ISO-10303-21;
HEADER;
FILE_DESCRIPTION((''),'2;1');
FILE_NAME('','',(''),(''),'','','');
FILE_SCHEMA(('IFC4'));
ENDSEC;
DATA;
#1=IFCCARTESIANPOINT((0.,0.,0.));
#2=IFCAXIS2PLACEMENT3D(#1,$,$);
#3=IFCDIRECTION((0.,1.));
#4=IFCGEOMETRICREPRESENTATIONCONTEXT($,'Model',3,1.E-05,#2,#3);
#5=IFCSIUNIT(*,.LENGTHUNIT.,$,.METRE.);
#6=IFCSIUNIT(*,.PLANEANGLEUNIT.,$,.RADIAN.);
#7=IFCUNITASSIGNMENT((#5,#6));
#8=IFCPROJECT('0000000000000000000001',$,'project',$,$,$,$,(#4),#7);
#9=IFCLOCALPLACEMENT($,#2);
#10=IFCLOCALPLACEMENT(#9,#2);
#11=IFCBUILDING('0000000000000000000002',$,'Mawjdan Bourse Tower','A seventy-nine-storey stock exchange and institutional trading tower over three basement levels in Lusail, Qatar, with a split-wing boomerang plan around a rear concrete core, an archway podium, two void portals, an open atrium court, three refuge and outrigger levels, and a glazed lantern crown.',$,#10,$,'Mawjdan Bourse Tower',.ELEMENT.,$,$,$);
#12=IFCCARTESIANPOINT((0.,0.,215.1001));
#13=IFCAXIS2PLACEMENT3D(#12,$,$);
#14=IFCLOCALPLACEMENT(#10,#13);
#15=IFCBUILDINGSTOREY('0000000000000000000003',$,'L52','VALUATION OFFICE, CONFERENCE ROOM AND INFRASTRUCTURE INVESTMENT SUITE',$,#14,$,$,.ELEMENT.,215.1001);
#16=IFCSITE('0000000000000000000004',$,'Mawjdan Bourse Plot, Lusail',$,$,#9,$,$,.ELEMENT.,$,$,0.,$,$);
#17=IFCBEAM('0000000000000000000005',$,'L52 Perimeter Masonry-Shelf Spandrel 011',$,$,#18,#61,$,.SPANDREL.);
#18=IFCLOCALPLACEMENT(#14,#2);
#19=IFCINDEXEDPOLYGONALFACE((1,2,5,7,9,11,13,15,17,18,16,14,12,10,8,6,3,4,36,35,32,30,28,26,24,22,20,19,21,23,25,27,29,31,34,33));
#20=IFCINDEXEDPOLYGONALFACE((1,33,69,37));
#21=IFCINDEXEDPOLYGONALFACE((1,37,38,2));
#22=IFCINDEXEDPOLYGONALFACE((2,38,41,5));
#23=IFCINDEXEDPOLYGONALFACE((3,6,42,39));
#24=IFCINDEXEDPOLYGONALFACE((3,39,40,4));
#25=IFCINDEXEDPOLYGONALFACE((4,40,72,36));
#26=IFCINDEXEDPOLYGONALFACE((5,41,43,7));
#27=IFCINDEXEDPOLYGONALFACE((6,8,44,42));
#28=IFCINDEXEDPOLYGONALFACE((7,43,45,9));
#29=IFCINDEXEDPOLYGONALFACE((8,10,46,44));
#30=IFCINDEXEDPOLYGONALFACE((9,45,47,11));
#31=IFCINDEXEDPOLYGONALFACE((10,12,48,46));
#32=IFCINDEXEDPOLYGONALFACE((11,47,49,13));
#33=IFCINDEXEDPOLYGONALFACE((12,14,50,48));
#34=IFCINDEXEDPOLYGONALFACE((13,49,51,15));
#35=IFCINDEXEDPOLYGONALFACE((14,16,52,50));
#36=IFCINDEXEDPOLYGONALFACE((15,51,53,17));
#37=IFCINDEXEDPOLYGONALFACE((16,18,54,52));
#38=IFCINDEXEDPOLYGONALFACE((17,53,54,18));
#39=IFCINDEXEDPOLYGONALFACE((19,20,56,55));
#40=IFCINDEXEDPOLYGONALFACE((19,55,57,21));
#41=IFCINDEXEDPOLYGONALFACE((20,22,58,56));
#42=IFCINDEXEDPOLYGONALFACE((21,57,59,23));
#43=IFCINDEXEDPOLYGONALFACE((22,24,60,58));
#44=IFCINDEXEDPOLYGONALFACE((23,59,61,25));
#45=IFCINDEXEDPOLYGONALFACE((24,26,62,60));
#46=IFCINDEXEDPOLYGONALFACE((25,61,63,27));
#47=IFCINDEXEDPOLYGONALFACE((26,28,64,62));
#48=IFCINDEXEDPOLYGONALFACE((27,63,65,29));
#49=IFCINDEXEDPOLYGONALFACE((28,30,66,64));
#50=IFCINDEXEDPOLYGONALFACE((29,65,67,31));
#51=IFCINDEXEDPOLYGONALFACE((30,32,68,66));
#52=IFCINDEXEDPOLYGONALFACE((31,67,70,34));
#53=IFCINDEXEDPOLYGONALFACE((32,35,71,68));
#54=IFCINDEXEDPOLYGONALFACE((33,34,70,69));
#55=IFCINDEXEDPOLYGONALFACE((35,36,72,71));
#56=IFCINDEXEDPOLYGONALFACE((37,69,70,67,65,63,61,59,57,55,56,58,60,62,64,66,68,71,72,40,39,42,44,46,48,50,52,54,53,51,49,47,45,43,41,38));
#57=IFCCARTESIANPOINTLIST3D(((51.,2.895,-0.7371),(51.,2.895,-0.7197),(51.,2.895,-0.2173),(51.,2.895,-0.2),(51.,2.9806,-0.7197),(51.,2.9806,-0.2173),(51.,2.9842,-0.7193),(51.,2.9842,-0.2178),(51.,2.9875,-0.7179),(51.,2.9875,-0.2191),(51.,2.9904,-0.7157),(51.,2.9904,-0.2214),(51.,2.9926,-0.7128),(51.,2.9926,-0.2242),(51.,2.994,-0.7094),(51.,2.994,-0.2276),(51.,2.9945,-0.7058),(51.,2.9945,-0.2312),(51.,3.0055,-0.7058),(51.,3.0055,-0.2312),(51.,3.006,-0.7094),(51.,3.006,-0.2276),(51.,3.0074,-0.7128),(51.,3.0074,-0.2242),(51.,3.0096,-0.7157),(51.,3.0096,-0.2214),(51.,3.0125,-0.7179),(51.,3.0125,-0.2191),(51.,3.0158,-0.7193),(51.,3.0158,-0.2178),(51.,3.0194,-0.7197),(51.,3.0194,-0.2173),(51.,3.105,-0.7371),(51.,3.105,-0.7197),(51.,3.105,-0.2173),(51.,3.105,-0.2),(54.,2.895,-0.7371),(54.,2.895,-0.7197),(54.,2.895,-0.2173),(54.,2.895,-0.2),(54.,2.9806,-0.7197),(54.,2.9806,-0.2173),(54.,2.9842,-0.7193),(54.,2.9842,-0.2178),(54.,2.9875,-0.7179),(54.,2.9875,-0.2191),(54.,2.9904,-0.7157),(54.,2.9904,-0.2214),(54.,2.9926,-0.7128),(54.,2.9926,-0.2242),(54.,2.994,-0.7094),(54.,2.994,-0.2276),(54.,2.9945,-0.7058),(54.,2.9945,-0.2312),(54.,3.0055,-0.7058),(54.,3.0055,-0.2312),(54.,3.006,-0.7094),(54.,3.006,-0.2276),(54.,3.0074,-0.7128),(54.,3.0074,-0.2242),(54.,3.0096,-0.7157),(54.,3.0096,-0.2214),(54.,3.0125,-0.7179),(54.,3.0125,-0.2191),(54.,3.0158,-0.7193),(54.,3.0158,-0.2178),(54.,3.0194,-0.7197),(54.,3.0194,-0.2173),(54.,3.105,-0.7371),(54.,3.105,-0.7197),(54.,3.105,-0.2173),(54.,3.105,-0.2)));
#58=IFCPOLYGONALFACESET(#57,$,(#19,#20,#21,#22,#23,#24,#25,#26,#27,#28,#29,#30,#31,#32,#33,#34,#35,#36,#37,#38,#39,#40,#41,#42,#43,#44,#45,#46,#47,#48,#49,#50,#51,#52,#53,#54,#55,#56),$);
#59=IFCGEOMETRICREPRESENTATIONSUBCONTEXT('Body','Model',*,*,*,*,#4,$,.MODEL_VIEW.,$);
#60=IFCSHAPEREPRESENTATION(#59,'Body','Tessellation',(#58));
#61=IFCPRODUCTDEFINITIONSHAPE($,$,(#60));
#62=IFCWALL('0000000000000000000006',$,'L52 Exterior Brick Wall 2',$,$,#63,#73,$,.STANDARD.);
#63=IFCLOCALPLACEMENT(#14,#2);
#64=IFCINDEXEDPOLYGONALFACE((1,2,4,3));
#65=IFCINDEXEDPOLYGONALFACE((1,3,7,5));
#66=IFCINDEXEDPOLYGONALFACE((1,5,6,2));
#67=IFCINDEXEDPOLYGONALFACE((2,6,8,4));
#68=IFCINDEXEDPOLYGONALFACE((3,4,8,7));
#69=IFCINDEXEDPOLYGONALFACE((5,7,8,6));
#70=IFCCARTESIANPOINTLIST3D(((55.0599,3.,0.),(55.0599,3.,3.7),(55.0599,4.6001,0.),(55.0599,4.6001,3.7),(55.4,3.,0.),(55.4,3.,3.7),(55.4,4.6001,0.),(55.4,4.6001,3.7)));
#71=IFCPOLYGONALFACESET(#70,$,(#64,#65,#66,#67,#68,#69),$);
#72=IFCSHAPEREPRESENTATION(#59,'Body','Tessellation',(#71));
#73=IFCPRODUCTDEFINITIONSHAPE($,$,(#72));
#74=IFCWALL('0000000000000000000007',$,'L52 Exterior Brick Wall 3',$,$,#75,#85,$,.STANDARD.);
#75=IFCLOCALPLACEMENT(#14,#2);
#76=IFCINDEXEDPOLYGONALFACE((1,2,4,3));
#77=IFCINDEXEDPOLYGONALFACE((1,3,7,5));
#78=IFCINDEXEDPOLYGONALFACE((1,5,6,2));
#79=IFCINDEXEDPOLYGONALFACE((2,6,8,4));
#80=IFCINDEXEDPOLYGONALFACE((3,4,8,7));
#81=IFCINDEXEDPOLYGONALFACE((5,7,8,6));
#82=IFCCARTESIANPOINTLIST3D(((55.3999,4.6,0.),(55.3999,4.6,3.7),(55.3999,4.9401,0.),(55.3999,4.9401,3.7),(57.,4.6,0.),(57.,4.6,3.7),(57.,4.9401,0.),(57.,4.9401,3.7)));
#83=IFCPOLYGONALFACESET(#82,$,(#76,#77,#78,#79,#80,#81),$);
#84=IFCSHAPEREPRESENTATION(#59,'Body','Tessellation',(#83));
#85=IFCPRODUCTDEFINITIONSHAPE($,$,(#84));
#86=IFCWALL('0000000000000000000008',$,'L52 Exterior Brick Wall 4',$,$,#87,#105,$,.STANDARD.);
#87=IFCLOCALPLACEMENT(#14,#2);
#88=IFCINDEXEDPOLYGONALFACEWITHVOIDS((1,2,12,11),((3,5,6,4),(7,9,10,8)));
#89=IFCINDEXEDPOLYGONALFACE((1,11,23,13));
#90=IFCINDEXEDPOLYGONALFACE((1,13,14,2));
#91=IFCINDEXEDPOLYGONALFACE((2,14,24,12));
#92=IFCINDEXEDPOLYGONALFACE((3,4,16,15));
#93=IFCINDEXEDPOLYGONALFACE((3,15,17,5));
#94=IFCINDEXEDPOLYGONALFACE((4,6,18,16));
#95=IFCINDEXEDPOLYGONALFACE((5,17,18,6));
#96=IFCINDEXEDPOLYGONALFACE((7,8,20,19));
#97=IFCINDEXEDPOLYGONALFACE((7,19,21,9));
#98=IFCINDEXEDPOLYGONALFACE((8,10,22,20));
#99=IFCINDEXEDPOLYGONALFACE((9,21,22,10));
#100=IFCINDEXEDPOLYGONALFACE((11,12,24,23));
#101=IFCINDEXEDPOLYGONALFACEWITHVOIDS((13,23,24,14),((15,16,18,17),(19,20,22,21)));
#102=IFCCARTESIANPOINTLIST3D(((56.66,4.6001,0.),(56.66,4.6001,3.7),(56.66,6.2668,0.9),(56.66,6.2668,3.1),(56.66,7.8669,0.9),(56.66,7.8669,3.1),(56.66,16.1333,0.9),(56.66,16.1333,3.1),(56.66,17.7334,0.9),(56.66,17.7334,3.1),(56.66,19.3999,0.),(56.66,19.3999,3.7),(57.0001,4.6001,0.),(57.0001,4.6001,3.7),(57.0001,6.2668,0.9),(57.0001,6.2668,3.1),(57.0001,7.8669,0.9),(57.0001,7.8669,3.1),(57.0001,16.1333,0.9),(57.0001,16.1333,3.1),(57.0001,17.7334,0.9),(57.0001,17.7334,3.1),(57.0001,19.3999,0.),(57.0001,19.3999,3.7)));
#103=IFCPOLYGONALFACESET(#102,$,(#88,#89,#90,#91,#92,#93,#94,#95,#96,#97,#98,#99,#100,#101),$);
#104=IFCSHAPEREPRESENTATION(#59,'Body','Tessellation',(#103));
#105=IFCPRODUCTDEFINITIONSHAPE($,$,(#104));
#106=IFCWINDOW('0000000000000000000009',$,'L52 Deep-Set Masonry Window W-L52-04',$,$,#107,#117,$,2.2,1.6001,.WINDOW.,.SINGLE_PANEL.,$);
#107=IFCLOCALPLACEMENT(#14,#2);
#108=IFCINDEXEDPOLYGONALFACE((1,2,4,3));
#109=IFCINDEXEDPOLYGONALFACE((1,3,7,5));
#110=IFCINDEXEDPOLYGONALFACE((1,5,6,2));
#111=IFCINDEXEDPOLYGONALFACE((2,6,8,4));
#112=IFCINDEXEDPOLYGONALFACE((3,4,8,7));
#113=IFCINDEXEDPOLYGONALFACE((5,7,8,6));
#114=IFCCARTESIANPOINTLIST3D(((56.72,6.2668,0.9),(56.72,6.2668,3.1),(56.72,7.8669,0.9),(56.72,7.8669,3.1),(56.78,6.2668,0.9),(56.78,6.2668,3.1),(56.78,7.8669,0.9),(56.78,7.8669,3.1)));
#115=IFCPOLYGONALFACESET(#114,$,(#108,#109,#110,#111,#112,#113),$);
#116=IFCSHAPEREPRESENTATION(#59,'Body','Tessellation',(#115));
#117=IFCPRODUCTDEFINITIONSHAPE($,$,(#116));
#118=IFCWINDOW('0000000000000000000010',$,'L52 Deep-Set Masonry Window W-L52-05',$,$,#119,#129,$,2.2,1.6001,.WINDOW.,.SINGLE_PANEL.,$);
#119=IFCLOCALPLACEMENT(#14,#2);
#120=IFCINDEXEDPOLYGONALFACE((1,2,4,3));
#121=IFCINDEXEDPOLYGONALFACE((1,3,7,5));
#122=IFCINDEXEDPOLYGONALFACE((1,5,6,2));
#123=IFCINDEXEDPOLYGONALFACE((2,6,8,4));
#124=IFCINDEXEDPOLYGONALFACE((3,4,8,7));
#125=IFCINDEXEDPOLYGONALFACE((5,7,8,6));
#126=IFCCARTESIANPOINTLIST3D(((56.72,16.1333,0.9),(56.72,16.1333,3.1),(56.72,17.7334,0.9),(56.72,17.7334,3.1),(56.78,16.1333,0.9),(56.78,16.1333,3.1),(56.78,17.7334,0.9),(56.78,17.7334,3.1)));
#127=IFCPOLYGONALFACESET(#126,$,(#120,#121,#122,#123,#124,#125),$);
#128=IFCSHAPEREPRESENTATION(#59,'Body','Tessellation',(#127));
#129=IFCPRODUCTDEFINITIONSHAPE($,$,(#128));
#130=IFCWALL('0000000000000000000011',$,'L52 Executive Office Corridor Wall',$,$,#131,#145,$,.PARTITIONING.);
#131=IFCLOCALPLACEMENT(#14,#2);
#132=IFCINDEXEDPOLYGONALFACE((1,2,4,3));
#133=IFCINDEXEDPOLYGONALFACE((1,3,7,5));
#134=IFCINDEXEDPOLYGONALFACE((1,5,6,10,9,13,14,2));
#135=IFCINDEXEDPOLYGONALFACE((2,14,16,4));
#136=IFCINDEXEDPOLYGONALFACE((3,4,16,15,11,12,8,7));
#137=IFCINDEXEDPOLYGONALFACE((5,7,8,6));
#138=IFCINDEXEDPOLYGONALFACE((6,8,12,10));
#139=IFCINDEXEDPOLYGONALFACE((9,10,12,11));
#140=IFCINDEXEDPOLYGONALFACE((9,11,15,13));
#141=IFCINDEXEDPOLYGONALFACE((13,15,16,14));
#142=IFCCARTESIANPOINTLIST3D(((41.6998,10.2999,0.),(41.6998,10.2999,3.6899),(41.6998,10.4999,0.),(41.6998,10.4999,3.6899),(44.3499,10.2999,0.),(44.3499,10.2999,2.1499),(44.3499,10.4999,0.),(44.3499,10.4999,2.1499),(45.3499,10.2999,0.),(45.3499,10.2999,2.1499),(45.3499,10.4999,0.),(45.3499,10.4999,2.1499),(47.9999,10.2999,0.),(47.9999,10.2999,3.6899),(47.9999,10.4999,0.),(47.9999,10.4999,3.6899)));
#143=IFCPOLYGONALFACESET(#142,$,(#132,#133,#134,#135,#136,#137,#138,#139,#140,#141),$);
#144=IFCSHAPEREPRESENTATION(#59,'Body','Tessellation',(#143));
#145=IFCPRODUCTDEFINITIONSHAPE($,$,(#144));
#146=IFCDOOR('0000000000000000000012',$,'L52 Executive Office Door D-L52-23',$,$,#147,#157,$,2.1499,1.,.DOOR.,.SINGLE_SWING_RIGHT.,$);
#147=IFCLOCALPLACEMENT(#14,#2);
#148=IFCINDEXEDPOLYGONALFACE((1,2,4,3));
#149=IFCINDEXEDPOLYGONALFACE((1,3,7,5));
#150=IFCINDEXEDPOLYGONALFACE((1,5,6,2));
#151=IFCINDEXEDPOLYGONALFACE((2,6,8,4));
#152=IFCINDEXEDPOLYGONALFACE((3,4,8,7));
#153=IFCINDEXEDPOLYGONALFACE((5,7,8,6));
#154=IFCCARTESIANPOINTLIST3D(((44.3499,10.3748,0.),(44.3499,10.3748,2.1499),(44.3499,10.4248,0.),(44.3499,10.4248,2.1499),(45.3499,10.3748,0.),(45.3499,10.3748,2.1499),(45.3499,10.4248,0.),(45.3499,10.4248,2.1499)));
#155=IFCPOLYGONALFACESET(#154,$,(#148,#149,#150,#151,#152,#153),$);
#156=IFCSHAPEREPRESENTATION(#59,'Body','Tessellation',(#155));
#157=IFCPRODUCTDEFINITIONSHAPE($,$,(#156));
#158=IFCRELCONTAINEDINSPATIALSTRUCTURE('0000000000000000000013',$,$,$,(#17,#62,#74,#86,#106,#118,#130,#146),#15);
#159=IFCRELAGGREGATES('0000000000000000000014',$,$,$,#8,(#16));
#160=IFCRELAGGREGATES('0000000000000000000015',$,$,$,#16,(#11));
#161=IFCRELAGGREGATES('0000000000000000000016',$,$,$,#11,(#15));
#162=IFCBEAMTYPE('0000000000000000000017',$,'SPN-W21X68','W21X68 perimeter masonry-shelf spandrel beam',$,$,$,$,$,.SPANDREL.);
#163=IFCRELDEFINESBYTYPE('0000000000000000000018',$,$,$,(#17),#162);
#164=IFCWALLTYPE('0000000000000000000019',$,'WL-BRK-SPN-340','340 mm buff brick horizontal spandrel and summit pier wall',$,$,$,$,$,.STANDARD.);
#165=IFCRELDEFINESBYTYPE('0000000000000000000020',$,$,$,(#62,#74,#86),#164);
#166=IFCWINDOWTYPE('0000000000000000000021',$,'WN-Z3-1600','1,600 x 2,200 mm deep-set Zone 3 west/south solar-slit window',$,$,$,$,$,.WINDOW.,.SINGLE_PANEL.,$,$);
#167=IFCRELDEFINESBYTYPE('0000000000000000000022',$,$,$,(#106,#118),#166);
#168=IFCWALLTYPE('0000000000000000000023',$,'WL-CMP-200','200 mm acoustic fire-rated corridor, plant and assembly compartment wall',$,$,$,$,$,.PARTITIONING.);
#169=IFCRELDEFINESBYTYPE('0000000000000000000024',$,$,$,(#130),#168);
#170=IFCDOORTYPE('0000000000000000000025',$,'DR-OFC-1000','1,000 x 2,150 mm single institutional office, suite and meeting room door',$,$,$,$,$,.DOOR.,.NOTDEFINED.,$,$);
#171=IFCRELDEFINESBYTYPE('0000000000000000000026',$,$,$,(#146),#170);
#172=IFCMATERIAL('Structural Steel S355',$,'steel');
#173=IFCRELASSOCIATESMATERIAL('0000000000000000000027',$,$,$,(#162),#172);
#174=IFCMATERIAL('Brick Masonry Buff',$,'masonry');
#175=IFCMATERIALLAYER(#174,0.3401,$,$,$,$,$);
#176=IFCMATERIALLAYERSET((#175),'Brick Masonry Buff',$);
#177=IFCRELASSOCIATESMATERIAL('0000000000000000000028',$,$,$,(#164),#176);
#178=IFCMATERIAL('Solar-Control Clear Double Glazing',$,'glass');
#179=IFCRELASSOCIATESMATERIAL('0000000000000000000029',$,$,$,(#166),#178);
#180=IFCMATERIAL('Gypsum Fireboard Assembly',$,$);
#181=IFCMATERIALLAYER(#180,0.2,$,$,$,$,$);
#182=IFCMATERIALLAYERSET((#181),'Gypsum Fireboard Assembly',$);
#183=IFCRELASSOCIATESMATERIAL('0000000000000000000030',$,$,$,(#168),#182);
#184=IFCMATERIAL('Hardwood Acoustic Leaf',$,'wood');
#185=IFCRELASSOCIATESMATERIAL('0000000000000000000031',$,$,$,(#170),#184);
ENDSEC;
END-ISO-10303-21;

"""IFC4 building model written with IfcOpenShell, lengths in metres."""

from ifc_helpers import new_model, si_unit, direction, frame, frame_2d, origin, origin_2d, place, context, subcontext, project, spatial, rectangle, i_section, extrude, material, layer, layer_set, material_profile, profile_set, type_object, element, fill, save


model = new_model("IFC4")

# Units and contexts
model_context = context("Model", 3, precision=1e-05, world=origin(), true_north=direction((0.0, 1.0)))
body_context = subcontext(model_context, "Body", "Model", "MODEL_VIEW")
ifc_project = project(units=[si_unit("LENGTHUNIT", "METRE"), si_unit("PLANEANGLEUNIT", "RADIAN")], contexts=[model_context])

# Site, building, storey
site_placement = place(None, origin())
site = spatial("IfcSite", under=ifc_project, at=site_placement, Name="Mawjdan Bourse Plot, Lusail", CompositionType="ELEMENT", RefElevation=0.0)
building_placement = place(site_placement, origin())
building = spatial("IfcBuilding", under=site, at=building_placement, Name="Mawjdan Bourse Tower", Description="A seventy-nine-storey stock exchange and institutional trading tower over three basement levels in Lusail, Qatar, with a split-wing boomerang plan around a rear concrete core, an archway podium, two void portals, an open atrium court, three refuge and outrigger levels, and a glazed lantern crown.", LongName="Mawjdan Bourse Tower", CompositionType="ELEMENT")
storey_placement = place(building_placement, frame((0.0, 0.0, 215.1001)))
storey = spatial("IfcBuildingStorey", under=building, at=storey_placement, Name="L52", Description="VALUATION OFFICE, CONFERENCE ROOM AND INFRASTRUCTURE INVESTMENT SUITE", CompositionType="ELEMENT", Elevation=215.1001)

# Beam
ifc_material_1 = material(Name="Structural Steel S355", Category="steel")
ifc_material_profile_1 = material_profile(ifc_material_1, i_section(OverallWidth=0.21, OverallDepth=0.5371, WebThickness=0.011, FlangeThickness=0.0173, FilletRadius=0.0139, at=origin_2d()), Name="W21X68")
ifc_profile_set_1 = profile_set([ifc_material_profile_1], Name="Structural Steel S355")
beam_type_1 = type_object("IfcBeamType", Name="SPN-W21X68", Description="W21X68 perimeter masonry-shelf spandrel beam", PredefinedType="SPANDREL", material=ifc_profile_set_1)
for number, where, z_axis, x_axis, name in (
    (1, (51.0, 3.0, -0.4685), (1.0, 0.0, 0.0), (0.0, 1.0, 0.0), "L52 Perimeter Masonry-Shelf Spandrel 011"),
):
    element("IfcBeam", number, at=place(storey_placement, frame(where, z_axis=z_axis, x_axis=x_axis)), inside=storey, type_object=beam_type_1, Name=name, PredefinedType="SPANDREL", context=body_context, shape_type="SweptSolid", body=[
        extrude(i_section(OverallWidth=0.21, OverallDepth=0.5371, WebThickness=0.011, FlangeThickness=0.0173, FilletRadius=0.0139, at=origin_2d()), origin(), (0.0, 0.0, 1.0), 3.0),
    ])

# Walls
ifc_material_2 = material(Name="Brick Masonry Buff", Category="masonry")
ifc_layer_1 = layer(ifc_material_2, 0.3401)
ifc_layer_set_1 = layer_set([ifc_layer_1], Name="Brick Masonry Buff")
wall_type_1 = type_object("IfcWallType", Name="WL-BRK-SPN-340", Description="340 mm buff brick horizontal spandrel and summit pier wall", PredefinedType="STANDARD", material=ifc_layer_set_1)
for number, where, z_axis, x_axis, name in (
    (2, (55.23, 3.0, 0.0), (0.0, 0.0, 1.0), (0.0, 1.0, 0.0), "L52 Exterior Brick Wall 2"),
    (3, (55.3999, 4.77, 0.0), (0.0, 0.0, 1.0), (1.0, 0.0, 0.0), "L52 Exterior Brick Wall 3"),
):
    element("IfcWall", number, at=place(storey_placement, frame(where, z_axis=z_axis, x_axis=x_axis)), inside=storey, type_object=wall_type_1, Name=name, PredefinedType="STANDARD", context=body_context, shape_type="SweptSolid", body=[
        extrude(rectangle(XDim=1.6001, YDim=0.3401, at=frame_2d((0.8, 0.0))), origin(), (0.0, 0.0, 1.0), 3.7),
    ])

# Wall, openings, windows
wall_1_placement = place(storey_placement, frame((56.8301, 4.6001, 0.0), z_axis=(0.0, 0.0, 1.0), x_axis=(0.0, 1.0, 0.0)))
wall_1 = element("IfcWall", 4, at=wall_1_placement, inside=storey, type_object=wall_type_1, Name="L52 Exterior Brick Wall 4", PredefinedType="STANDARD", context=body_context, shape_type="SweptSolid", body=[
    extrude(rectangle(XDim=14.7998, YDim=0.3401, at=frame_2d((7.3999, 0.0))), origin(), (0.0, 0.0, 1.0), 3.7),
])
opening_1_placement = place(wall_1_placement, frame((1.6667, 0.0, 0.8999)))
opening_1 = element("IfcOpeningElement", 5, at=opening_1_placement, cuts=wall_1, PredefinedType="OPENING", context=body_context, shape_type="SweptSolid", body=[
    extrude(rectangle(XDim=1.6001, YDim=2.2, at=frame_2d((0.8, 1.1001))), frame((0.0, 0.1802, 0.0), z_axis=(0.0, -1.0, 0.0), x_axis=(1.0, 0.0, 0.0)), (0.0, 0.0, 1.0), 0.3601),
])
opening_2_placement = place(wall_1_placement, frame((11.5332, 0.0, 0.8999)))
opening_2 = element("IfcOpeningElement", 6, at=opening_2_placement, cuts=wall_1, PredefinedType="OPENING", context=body_context, shape_type="SweptSolid", body=[
    extrude(rectangle(XDim=1.6001, YDim=2.2, at=frame_2d((0.8, 1.1001))), frame((0.0, 0.1802, 0.0), z_axis=(0.0, -1.0, 0.0), x_axis=(1.0, 0.0, 0.0)), (0.0, 0.0, 1.0), 0.3601),
])
ifc_material_3 = material(Name="Solar-Control Clear Double Glazing", Category="glass")
window_type = type_object("IfcWindowType", Name="WN-Z3-1600", Description="1,600 x 2,200 mm deep-set Zone 3 west/south solar-slit window", PartitioningType="SINGLE_PANEL", PredefinedType="WINDOW", material=ifc_material_3)
window_1_placement = place(opening_1_placement, origin())
window_1 = element("IfcWindow", 7, at=window_1_placement, inside=storey, type_object=window_type, Name="L52 Deep-Set Masonry Window W-L52-04", OverallHeight=2.2, OverallWidth=1.6001, PartitioningType="SINGLE_PANEL", PredefinedType="WINDOW", context=body_context, shape_type="SweptSolid", body=[
    extrude(rectangle(XDim=1.6001, YDim=2.2, at=frame_2d((0.8, 1.1001))), frame((0.0, 0.1101, 0.0), z_axis=(0.0, -1.0, 0.0), x_axis=(1.0, 0.0, 0.0)), (0.0, 0.0, 1.0), 0.0601),
])
fill(opening_1, window_1)
window_2_placement = place(opening_2_placement, origin())
window_2 = element("IfcWindow", 8, at=window_2_placement, inside=storey, type_object=window_type, Name="L52 Deep-Set Masonry Window W-L52-05", OverallHeight=2.2, OverallWidth=1.6001, PartitioningType="SINGLE_PANEL", PredefinedType="WINDOW", context=body_context, shape_type="SweptSolid", body=[
    extrude(rectangle(XDim=1.6001, YDim=2.2, at=frame_2d((0.8, 1.1001))), frame((0.0, 0.1101, 0.0), z_axis=(0.0, -1.0, 0.0), x_axis=(1.0, 0.0, 0.0)), (0.0, 0.0, 1.0), 0.0601),
])
fill(opening_2, window_2)

# Wall, opening, door
ifc_material_4 = material(Name="Gypsum Fireboard Assembly")
ifc_layer_2 = layer(ifc_material_4, 0.2)
ifc_layer_set_2 = layer_set([ifc_layer_2], Name="Gypsum Fireboard Assembly")
wall_type_2 = type_object("IfcWallType", Name="WL-CMP-200", Description="200 mm acoustic fire-rated corridor, plant and assembly compartment wall", PredefinedType="PARTITIONING", material=ifc_layer_set_2)
wall_2_placement = place(storey_placement, frame((41.7, 10.3999, 0.0), z_axis=(0.0, 0.0, 1.0), x_axis=(1.0, 0.0, 0.0)))
wall_2 = element("IfcWall", 9, at=wall_2_placement, inside=storey, type_object=wall_type_2, Name="L52 Executive Office Corridor Wall", PredefinedType="PARTITIONING", context=body_context, shape_type="SweptSolid", body=[
    extrude(rectangle(XDim=6.3, YDim=0.2, at=frame_2d((3.1499, 0.0))), origin(), (0.0, 0.0, 1.0), 3.6899),
])
opening_3_placement = place(wall_2_placement, frame((2.6499, 0.0, 0.0)))
opening_3 = element("IfcOpeningElement", 10, at=opening_3_placement, cuts=wall_2, PredefinedType="OPENING", context=body_context, shape_type="SweptSolid", body=[
    extrude(rectangle(XDim=1.0, YDim=2.1499, at=frame_2d((0.5, 1.075))), frame((0.0, 0.1099, 0.0), z_axis=(0.0, -1.0, 0.0), x_axis=(1.0, 0.0, 0.0)), (0.0, 0.0, 1.0), 0.22),
])
ifc_material_5 = material(Name="Hardwood Acoustic Leaf", Category="wood")
door_type = type_object("IfcDoorType", Name="DR-OFC-1000", Description="1,000 x 2,150 mm single institutional office, suite and meeting room door", OperationType="NOTDEFINED", PredefinedType="DOOR", material=ifc_material_5)
door_1_placement = place(opening_3_placement, origin())
door_1 = element("IfcDoor", 11, at=door_1_placement, inside=storey, type_object=door_type, Name="L52 Executive Office Door D-L52-23", OperationType="SINGLE_SWING_RIGHT", OverallHeight=2.1499, OverallWidth=1.0, PredefinedType="DOOR", context=body_context, shape_type="SweptSolid", body=[
    extrude(rectangle(XDim=1.0, YDim=2.1499, at=frame_2d((0.5, 1.075))), frame((0.0, 0.0249, 0.0), z_axis=(0.0, -1.0, 0.0), x_axis=(1.0, 0.0, 0.0)), (0.0, 0.0, 1.0), 0.05),
])
fill(opening_3, door_1)

save(model, "model.ifc")
